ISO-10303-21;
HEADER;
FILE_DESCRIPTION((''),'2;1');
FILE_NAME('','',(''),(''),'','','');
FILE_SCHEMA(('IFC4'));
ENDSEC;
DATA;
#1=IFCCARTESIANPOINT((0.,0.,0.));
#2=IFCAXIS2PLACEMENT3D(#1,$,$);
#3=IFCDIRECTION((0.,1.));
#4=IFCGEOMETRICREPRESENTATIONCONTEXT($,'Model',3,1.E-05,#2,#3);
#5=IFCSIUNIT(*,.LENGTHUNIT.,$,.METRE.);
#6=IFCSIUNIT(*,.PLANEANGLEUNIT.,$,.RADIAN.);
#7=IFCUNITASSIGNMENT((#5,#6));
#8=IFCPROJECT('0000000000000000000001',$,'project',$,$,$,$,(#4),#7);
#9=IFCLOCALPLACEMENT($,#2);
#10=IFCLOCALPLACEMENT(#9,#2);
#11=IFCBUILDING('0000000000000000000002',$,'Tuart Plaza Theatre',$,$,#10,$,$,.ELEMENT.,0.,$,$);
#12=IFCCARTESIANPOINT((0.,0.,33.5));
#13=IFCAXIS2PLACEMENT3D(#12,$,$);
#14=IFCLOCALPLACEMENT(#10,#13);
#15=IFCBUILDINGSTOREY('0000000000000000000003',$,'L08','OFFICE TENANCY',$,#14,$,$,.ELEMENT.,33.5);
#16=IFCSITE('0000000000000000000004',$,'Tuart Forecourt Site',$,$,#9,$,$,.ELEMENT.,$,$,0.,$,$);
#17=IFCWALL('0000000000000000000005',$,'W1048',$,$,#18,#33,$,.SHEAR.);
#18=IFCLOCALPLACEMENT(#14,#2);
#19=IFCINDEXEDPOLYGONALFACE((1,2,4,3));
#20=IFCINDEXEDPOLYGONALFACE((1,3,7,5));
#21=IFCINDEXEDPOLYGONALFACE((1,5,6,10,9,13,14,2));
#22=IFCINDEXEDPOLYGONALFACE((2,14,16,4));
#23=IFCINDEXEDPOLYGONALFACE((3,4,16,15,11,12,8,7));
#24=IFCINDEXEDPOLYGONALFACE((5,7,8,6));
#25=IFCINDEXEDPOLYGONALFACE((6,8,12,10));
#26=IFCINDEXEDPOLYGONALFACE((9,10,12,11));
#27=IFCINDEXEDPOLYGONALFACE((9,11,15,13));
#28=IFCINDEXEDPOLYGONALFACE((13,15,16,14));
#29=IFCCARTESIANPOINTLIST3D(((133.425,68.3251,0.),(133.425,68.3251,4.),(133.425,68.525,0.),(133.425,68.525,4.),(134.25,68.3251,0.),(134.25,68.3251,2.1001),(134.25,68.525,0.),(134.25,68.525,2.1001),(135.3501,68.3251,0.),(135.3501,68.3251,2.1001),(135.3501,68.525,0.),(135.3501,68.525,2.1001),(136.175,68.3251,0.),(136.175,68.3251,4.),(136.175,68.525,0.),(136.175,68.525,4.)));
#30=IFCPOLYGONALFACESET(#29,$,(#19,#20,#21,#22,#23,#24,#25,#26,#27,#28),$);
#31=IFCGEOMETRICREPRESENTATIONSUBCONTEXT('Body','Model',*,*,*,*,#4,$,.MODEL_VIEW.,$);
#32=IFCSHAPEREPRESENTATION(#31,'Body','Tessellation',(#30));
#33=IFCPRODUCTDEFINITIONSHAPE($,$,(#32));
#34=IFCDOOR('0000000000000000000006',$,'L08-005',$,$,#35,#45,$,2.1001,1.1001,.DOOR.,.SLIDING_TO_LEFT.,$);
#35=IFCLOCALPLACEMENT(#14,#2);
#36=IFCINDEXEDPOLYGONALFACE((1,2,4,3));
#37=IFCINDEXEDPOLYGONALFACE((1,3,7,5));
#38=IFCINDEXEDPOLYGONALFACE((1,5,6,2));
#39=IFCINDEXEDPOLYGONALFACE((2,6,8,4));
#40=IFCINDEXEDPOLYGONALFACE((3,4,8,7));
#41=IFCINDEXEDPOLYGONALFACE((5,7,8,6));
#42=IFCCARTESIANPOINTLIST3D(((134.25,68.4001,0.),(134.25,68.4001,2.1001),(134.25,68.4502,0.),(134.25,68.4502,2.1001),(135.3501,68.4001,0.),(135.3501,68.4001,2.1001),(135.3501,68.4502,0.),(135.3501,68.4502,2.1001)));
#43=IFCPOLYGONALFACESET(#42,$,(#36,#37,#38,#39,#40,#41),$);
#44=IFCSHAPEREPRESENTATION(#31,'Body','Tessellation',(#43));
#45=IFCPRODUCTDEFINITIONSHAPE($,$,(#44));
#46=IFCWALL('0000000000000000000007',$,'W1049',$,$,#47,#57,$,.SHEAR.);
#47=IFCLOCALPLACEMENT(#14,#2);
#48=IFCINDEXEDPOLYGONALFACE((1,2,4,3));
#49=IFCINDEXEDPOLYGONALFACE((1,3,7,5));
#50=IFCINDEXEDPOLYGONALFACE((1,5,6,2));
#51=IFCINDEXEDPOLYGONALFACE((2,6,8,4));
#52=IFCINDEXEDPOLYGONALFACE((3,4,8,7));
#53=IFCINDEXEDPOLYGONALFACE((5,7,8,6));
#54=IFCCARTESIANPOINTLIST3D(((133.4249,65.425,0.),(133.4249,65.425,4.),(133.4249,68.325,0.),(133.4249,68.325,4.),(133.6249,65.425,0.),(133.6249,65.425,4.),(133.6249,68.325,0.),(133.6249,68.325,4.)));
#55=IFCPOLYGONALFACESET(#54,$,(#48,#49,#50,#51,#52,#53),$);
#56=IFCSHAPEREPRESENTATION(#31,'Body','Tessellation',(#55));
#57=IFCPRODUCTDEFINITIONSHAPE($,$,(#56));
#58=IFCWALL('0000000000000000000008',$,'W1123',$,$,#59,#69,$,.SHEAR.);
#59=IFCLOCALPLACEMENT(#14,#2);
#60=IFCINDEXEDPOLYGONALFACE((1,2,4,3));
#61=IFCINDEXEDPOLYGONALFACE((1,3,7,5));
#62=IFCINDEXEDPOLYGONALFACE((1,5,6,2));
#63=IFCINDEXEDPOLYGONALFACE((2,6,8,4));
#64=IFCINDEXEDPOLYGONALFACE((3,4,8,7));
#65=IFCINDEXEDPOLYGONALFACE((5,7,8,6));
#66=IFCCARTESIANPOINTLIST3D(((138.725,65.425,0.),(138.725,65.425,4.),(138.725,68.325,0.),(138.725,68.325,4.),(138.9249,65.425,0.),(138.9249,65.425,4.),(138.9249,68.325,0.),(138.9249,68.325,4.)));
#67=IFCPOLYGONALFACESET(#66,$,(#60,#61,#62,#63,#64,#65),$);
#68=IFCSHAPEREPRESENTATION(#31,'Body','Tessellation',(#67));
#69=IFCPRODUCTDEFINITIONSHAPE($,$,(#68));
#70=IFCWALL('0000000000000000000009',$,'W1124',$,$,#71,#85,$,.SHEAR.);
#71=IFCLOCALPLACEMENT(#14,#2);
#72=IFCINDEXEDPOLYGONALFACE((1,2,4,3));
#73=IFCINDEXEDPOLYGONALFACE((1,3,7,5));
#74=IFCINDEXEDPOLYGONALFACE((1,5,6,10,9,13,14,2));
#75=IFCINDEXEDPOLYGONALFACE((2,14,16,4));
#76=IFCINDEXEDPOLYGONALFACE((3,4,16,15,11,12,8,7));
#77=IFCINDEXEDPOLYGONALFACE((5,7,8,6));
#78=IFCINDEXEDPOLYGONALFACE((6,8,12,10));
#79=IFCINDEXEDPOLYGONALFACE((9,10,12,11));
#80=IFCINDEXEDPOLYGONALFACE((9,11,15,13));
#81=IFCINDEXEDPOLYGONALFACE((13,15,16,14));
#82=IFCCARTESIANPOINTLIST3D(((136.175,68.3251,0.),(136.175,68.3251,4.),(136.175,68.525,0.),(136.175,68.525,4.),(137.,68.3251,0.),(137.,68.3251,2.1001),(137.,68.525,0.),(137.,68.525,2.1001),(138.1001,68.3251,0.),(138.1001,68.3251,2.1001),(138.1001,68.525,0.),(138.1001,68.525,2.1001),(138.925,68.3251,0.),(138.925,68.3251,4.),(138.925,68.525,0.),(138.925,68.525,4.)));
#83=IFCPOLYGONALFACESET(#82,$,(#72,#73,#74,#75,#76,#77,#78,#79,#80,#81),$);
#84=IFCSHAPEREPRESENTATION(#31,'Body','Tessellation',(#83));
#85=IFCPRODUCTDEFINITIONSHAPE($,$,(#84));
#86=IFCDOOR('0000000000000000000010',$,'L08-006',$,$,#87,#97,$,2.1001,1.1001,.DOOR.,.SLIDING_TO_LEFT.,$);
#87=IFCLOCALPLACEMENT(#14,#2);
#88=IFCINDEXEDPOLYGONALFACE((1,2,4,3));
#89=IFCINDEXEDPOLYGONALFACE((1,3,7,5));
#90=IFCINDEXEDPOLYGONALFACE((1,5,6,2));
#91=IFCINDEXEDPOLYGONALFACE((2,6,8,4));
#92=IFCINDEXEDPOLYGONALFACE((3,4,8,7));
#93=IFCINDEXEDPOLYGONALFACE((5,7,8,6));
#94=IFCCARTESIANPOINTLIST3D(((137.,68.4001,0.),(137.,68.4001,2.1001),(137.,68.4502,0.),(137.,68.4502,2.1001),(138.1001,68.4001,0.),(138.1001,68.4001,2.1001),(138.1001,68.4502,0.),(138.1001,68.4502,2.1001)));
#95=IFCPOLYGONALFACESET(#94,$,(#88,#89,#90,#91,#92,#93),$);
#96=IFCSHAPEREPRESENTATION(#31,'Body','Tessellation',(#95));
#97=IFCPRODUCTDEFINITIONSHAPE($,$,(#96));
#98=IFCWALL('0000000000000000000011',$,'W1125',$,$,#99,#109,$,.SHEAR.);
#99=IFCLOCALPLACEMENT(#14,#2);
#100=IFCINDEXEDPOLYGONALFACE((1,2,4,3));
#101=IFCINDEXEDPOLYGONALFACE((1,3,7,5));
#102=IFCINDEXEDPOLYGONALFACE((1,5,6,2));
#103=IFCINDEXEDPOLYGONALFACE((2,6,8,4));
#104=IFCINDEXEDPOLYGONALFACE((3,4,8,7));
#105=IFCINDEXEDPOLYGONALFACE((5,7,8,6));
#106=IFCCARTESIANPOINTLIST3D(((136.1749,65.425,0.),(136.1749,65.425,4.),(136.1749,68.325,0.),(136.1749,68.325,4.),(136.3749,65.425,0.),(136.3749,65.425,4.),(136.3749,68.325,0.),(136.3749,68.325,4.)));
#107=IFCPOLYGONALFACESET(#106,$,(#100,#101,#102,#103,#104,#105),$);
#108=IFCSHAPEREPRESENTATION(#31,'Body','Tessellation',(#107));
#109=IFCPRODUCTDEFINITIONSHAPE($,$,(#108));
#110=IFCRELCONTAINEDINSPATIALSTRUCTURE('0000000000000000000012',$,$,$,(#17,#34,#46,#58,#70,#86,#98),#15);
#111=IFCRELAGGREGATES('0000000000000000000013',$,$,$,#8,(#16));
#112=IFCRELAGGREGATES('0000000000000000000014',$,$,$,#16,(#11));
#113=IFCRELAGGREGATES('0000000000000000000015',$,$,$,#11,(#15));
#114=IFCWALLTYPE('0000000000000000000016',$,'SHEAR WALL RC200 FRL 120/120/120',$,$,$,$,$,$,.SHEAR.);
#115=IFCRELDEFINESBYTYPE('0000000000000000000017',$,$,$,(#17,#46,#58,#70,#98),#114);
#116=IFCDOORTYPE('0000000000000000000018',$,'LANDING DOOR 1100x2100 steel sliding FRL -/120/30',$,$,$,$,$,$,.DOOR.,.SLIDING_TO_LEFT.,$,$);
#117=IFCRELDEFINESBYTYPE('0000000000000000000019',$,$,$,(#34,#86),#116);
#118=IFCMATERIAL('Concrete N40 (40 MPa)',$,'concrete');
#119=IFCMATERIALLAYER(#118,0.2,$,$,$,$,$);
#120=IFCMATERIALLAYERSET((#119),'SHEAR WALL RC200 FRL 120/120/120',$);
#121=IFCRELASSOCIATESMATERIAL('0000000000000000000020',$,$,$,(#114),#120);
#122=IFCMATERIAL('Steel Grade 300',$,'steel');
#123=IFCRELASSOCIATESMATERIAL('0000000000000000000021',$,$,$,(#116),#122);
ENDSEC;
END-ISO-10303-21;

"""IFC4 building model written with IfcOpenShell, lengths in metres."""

from ifc_helpers import new_model, si_unit, direction, frame, frame_2d, origin, place, context, subcontext, project, spatial, rectangle, extrude, material, layer, layer_set, type_object, element, fill, save


model = new_model("IFC4")

# Units and contexts
model_context = context("Model", 3, precision=1e-05, world=origin(), true_north=direction((0.0, 1.0)))
body_context = subcontext(model_context, "Body", "Model", "MODEL_VIEW")
ifc_project = project(units=[si_unit("LENGTHUNIT", "METRE"), si_unit("PLANEANGLEUNIT", "RADIAN")], contexts=[model_context])

# Site, building, storey
site_placement = place(None, origin())
site = spatial("IfcSite", under=ifc_project, at=site_placement, Name="Tuart Forecourt Site", CompositionType="ELEMENT", RefElevation=0.0)
building_placement = place(site_placement, origin())
building = spatial("IfcBuilding", under=site, at=building_placement, Name="Tuart Plaza Theatre", CompositionType="ELEMENT", ElevationOfRefHeight=0.0)
storey_placement = place(building_placement, frame((0.0, 0.0, 33.5)))
storey = spatial("IfcBuildingStorey", under=building, at=storey_placement, Name="L08", Description="OFFICE TENANCY", CompositionType="ELEMENT", Elevation=33.5)

# Shared definitions
ifc_material_1 = material(Name="Concrete N40 (40 MPa)", Category="concrete")
ifc_layer_1 = layer(ifc_material_1, 0.2)
ifc_layer_set_1 = layer_set([ifc_layer_1], Name="SHEAR WALL RC200 FRL 120/120/120")
wall_type_1 = type_object("IfcWallType", Name="SHEAR WALL RC200 FRL 120/120/120", PredefinedType="SHEAR", material=ifc_layer_set_1)

# Shared definitions
ifc_material_2 = material(Name="Steel Grade 300", Category="steel")
door_type_1 = type_object("IfcDoorType", Name="LANDING DOOR 1100x2100 steel sliding FRL -/120/30", OperationType="SLIDING_TO_LEFT", PredefinedType="DOOR", material=ifc_material_2)

# Wall, opening, door
wall_1_placement = place(storey_placement, frame((136.175, 68.425, 0.0), z_axis=(0.0, 0.0, 1.0), x_axis=(-1.0, 0.0, 0.0)))
wall_1 = element("IfcWall", 1, at=wall_1_placement, inside=storey, type_object=wall_type_1, Name="W1048", PredefinedType="SHEAR", context=body_context, shape_type="SweptSolid", body=[
    extrude(rectangle(XDim=2.75, YDim=0.2, at=frame_2d((1.375, 0.0))), origin(), (0.0, 0.0, 1.0), 4.0),
])
opening_1_placement = place(wall_1_placement, frame((0.825, 0.0, 0.0)))
opening_1 = element("IfcOpeningElement", 2, at=opening_1_placement, cuts=wall_1, PredefinedType="OPENING", context=body_context, shape_type="SweptSolid", body=[
    extrude(rectangle(XDim=1.1001, YDim=2.1001, at=frame_2d((0.55, 1.05))), frame((0.0, 0.1099, 0.0), z_axis=(0.0, -1.0, 0.0), x_axis=(1.0, 0.0, 0.0)), (0.0, 0.0, 1.0), 0.22),
])
door_1_placement = place(opening_1_placement, origin())
door_1 = element("IfcDoor", 3, at=door_1_placement, inside=storey, type_object=door_type_1, Name="L08-005", OperationType="SLIDING_TO_LEFT", OverallHeight=2.1001, OverallWidth=1.1001, PredefinedType="DOOR", context=body_context, shape_type="SweptSolid", body=[
    extrude(rectangle(XDim=1.1001, YDim=2.1001, at=frame_2d((0.55, 1.05))), frame((0.0, 0.0249, 0.0), z_axis=(0.0, -1.0, 0.0), x_axis=(1.0, 0.0, 0.0)), (0.0, 0.0, 1.0), 0.05),
])
fill(opening_1, door_1)

# Walls
for number, where, z_axis, x_axis, name in (
    (4, (133.5249, 68.325, 0.0), (0.0, 0.0, 1.0), (0.0, -1.0, 0.0), "W1049"),
    (5, (138.825, 65.425, 0.0), (0.0, 0.0, 1.0), (0.0, 1.0, 0.0), "W1123"),
):
    element("IfcWall", number, at=place(storey_placement, frame(where, z_axis=z_axis, x_axis=x_axis)), inside=storey, type_object=wall_type_1, Name=name, PredefinedType="SHEAR", context=body_context, shape_type="SweptSolid", body=[
        extrude(rectangle(XDim=2.8999, YDim=0.2, at=frame_2d((1.45, 0.0))), origin(), (0.0, 0.0, 1.0), 4.0),
    ])

# Wall, opening, door
wall_2_placement = place(storey_placement, frame((138.925, 68.425, 0.0), z_axis=(0.0, 0.0, 1.0), x_axis=(-1.0, 0.0, 0.0)))
wall_2 = element("IfcWall", 6, at=wall_2_placement, inside=storey, type_object=wall_type_1, Name="W1124", PredefinedType="SHEAR", context=body_context, shape_type="SweptSolid", body=[
    extrude(rectangle(XDim=2.75, YDim=0.2, at=frame_2d((1.375, 0.0))), origin(), (0.0, 0.0, 1.0), 4.0),
])
opening_2_placement = place(wall_2_placement, frame((0.825, 0.0, 0.0)))
opening_2 = element("IfcOpeningElement", 7, at=opening_2_placement, cuts=wall_2, PredefinedType="OPENING", context=body_context, shape_type="SweptSolid", body=[
    extrude(rectangle(XDim=1.1001, YDim=2.1001, at=frame_2d((0.55, 1.05))), frame((0.0, 0.1099, 0.0), z_axis=(0.0, -1.0, 0.0), x_axis=(1.0, 0.0, 0.0)), (0.0, 0.0, 1.0), 0.22),
])
door_2_placement = place(opening_2_placement, origin())
door_2 = element("IfcDoor", 8, at=door_2_placement, inside=storey, type_object=door_type_1, Name="L08-006", OperationType="SLIDING_TO_LEFT", OverallHeight=2.1001, OverallWidth=1.1001, PredefinedType="DOOR", context=body_context, shape_type="SweptSolid", body=[
    extrude(rectangle(XDim=1.1001, YDim=2.1001, at=frame_2d((0.55, 1.05))), frame((0.0, 0.0249, 0.0), z_axis=(0.0, -1.0, 0.0), x_axis=(1.0, 0.0, 0.0)), (0.0, 0.0, 1.0), 0.05),
])
fill(opening_2, door_2)

# Wall
wall_3_placement = place(storey_placement, frame((136.2749, 68.325, 0.0), z_axis=(0.0, 0.0, 1.0), x_axis=(0.0, -1.0, 0.0)))
element("IfcWall", 9, at=wall_3_placement, inside=storey, type_object=wall_type_1, Name="W1125", PredefinedType="SHEAR", context=body_context, shape_type="SweptSolid", body=[
    extrude(rectangle(XDim=2.8999, YDim=0.2, at=frame_2d((1.45, 0.0))), origin(), (0.0, 0.0, 1.0), 4.0),
])

save(model, "model.ifc")
